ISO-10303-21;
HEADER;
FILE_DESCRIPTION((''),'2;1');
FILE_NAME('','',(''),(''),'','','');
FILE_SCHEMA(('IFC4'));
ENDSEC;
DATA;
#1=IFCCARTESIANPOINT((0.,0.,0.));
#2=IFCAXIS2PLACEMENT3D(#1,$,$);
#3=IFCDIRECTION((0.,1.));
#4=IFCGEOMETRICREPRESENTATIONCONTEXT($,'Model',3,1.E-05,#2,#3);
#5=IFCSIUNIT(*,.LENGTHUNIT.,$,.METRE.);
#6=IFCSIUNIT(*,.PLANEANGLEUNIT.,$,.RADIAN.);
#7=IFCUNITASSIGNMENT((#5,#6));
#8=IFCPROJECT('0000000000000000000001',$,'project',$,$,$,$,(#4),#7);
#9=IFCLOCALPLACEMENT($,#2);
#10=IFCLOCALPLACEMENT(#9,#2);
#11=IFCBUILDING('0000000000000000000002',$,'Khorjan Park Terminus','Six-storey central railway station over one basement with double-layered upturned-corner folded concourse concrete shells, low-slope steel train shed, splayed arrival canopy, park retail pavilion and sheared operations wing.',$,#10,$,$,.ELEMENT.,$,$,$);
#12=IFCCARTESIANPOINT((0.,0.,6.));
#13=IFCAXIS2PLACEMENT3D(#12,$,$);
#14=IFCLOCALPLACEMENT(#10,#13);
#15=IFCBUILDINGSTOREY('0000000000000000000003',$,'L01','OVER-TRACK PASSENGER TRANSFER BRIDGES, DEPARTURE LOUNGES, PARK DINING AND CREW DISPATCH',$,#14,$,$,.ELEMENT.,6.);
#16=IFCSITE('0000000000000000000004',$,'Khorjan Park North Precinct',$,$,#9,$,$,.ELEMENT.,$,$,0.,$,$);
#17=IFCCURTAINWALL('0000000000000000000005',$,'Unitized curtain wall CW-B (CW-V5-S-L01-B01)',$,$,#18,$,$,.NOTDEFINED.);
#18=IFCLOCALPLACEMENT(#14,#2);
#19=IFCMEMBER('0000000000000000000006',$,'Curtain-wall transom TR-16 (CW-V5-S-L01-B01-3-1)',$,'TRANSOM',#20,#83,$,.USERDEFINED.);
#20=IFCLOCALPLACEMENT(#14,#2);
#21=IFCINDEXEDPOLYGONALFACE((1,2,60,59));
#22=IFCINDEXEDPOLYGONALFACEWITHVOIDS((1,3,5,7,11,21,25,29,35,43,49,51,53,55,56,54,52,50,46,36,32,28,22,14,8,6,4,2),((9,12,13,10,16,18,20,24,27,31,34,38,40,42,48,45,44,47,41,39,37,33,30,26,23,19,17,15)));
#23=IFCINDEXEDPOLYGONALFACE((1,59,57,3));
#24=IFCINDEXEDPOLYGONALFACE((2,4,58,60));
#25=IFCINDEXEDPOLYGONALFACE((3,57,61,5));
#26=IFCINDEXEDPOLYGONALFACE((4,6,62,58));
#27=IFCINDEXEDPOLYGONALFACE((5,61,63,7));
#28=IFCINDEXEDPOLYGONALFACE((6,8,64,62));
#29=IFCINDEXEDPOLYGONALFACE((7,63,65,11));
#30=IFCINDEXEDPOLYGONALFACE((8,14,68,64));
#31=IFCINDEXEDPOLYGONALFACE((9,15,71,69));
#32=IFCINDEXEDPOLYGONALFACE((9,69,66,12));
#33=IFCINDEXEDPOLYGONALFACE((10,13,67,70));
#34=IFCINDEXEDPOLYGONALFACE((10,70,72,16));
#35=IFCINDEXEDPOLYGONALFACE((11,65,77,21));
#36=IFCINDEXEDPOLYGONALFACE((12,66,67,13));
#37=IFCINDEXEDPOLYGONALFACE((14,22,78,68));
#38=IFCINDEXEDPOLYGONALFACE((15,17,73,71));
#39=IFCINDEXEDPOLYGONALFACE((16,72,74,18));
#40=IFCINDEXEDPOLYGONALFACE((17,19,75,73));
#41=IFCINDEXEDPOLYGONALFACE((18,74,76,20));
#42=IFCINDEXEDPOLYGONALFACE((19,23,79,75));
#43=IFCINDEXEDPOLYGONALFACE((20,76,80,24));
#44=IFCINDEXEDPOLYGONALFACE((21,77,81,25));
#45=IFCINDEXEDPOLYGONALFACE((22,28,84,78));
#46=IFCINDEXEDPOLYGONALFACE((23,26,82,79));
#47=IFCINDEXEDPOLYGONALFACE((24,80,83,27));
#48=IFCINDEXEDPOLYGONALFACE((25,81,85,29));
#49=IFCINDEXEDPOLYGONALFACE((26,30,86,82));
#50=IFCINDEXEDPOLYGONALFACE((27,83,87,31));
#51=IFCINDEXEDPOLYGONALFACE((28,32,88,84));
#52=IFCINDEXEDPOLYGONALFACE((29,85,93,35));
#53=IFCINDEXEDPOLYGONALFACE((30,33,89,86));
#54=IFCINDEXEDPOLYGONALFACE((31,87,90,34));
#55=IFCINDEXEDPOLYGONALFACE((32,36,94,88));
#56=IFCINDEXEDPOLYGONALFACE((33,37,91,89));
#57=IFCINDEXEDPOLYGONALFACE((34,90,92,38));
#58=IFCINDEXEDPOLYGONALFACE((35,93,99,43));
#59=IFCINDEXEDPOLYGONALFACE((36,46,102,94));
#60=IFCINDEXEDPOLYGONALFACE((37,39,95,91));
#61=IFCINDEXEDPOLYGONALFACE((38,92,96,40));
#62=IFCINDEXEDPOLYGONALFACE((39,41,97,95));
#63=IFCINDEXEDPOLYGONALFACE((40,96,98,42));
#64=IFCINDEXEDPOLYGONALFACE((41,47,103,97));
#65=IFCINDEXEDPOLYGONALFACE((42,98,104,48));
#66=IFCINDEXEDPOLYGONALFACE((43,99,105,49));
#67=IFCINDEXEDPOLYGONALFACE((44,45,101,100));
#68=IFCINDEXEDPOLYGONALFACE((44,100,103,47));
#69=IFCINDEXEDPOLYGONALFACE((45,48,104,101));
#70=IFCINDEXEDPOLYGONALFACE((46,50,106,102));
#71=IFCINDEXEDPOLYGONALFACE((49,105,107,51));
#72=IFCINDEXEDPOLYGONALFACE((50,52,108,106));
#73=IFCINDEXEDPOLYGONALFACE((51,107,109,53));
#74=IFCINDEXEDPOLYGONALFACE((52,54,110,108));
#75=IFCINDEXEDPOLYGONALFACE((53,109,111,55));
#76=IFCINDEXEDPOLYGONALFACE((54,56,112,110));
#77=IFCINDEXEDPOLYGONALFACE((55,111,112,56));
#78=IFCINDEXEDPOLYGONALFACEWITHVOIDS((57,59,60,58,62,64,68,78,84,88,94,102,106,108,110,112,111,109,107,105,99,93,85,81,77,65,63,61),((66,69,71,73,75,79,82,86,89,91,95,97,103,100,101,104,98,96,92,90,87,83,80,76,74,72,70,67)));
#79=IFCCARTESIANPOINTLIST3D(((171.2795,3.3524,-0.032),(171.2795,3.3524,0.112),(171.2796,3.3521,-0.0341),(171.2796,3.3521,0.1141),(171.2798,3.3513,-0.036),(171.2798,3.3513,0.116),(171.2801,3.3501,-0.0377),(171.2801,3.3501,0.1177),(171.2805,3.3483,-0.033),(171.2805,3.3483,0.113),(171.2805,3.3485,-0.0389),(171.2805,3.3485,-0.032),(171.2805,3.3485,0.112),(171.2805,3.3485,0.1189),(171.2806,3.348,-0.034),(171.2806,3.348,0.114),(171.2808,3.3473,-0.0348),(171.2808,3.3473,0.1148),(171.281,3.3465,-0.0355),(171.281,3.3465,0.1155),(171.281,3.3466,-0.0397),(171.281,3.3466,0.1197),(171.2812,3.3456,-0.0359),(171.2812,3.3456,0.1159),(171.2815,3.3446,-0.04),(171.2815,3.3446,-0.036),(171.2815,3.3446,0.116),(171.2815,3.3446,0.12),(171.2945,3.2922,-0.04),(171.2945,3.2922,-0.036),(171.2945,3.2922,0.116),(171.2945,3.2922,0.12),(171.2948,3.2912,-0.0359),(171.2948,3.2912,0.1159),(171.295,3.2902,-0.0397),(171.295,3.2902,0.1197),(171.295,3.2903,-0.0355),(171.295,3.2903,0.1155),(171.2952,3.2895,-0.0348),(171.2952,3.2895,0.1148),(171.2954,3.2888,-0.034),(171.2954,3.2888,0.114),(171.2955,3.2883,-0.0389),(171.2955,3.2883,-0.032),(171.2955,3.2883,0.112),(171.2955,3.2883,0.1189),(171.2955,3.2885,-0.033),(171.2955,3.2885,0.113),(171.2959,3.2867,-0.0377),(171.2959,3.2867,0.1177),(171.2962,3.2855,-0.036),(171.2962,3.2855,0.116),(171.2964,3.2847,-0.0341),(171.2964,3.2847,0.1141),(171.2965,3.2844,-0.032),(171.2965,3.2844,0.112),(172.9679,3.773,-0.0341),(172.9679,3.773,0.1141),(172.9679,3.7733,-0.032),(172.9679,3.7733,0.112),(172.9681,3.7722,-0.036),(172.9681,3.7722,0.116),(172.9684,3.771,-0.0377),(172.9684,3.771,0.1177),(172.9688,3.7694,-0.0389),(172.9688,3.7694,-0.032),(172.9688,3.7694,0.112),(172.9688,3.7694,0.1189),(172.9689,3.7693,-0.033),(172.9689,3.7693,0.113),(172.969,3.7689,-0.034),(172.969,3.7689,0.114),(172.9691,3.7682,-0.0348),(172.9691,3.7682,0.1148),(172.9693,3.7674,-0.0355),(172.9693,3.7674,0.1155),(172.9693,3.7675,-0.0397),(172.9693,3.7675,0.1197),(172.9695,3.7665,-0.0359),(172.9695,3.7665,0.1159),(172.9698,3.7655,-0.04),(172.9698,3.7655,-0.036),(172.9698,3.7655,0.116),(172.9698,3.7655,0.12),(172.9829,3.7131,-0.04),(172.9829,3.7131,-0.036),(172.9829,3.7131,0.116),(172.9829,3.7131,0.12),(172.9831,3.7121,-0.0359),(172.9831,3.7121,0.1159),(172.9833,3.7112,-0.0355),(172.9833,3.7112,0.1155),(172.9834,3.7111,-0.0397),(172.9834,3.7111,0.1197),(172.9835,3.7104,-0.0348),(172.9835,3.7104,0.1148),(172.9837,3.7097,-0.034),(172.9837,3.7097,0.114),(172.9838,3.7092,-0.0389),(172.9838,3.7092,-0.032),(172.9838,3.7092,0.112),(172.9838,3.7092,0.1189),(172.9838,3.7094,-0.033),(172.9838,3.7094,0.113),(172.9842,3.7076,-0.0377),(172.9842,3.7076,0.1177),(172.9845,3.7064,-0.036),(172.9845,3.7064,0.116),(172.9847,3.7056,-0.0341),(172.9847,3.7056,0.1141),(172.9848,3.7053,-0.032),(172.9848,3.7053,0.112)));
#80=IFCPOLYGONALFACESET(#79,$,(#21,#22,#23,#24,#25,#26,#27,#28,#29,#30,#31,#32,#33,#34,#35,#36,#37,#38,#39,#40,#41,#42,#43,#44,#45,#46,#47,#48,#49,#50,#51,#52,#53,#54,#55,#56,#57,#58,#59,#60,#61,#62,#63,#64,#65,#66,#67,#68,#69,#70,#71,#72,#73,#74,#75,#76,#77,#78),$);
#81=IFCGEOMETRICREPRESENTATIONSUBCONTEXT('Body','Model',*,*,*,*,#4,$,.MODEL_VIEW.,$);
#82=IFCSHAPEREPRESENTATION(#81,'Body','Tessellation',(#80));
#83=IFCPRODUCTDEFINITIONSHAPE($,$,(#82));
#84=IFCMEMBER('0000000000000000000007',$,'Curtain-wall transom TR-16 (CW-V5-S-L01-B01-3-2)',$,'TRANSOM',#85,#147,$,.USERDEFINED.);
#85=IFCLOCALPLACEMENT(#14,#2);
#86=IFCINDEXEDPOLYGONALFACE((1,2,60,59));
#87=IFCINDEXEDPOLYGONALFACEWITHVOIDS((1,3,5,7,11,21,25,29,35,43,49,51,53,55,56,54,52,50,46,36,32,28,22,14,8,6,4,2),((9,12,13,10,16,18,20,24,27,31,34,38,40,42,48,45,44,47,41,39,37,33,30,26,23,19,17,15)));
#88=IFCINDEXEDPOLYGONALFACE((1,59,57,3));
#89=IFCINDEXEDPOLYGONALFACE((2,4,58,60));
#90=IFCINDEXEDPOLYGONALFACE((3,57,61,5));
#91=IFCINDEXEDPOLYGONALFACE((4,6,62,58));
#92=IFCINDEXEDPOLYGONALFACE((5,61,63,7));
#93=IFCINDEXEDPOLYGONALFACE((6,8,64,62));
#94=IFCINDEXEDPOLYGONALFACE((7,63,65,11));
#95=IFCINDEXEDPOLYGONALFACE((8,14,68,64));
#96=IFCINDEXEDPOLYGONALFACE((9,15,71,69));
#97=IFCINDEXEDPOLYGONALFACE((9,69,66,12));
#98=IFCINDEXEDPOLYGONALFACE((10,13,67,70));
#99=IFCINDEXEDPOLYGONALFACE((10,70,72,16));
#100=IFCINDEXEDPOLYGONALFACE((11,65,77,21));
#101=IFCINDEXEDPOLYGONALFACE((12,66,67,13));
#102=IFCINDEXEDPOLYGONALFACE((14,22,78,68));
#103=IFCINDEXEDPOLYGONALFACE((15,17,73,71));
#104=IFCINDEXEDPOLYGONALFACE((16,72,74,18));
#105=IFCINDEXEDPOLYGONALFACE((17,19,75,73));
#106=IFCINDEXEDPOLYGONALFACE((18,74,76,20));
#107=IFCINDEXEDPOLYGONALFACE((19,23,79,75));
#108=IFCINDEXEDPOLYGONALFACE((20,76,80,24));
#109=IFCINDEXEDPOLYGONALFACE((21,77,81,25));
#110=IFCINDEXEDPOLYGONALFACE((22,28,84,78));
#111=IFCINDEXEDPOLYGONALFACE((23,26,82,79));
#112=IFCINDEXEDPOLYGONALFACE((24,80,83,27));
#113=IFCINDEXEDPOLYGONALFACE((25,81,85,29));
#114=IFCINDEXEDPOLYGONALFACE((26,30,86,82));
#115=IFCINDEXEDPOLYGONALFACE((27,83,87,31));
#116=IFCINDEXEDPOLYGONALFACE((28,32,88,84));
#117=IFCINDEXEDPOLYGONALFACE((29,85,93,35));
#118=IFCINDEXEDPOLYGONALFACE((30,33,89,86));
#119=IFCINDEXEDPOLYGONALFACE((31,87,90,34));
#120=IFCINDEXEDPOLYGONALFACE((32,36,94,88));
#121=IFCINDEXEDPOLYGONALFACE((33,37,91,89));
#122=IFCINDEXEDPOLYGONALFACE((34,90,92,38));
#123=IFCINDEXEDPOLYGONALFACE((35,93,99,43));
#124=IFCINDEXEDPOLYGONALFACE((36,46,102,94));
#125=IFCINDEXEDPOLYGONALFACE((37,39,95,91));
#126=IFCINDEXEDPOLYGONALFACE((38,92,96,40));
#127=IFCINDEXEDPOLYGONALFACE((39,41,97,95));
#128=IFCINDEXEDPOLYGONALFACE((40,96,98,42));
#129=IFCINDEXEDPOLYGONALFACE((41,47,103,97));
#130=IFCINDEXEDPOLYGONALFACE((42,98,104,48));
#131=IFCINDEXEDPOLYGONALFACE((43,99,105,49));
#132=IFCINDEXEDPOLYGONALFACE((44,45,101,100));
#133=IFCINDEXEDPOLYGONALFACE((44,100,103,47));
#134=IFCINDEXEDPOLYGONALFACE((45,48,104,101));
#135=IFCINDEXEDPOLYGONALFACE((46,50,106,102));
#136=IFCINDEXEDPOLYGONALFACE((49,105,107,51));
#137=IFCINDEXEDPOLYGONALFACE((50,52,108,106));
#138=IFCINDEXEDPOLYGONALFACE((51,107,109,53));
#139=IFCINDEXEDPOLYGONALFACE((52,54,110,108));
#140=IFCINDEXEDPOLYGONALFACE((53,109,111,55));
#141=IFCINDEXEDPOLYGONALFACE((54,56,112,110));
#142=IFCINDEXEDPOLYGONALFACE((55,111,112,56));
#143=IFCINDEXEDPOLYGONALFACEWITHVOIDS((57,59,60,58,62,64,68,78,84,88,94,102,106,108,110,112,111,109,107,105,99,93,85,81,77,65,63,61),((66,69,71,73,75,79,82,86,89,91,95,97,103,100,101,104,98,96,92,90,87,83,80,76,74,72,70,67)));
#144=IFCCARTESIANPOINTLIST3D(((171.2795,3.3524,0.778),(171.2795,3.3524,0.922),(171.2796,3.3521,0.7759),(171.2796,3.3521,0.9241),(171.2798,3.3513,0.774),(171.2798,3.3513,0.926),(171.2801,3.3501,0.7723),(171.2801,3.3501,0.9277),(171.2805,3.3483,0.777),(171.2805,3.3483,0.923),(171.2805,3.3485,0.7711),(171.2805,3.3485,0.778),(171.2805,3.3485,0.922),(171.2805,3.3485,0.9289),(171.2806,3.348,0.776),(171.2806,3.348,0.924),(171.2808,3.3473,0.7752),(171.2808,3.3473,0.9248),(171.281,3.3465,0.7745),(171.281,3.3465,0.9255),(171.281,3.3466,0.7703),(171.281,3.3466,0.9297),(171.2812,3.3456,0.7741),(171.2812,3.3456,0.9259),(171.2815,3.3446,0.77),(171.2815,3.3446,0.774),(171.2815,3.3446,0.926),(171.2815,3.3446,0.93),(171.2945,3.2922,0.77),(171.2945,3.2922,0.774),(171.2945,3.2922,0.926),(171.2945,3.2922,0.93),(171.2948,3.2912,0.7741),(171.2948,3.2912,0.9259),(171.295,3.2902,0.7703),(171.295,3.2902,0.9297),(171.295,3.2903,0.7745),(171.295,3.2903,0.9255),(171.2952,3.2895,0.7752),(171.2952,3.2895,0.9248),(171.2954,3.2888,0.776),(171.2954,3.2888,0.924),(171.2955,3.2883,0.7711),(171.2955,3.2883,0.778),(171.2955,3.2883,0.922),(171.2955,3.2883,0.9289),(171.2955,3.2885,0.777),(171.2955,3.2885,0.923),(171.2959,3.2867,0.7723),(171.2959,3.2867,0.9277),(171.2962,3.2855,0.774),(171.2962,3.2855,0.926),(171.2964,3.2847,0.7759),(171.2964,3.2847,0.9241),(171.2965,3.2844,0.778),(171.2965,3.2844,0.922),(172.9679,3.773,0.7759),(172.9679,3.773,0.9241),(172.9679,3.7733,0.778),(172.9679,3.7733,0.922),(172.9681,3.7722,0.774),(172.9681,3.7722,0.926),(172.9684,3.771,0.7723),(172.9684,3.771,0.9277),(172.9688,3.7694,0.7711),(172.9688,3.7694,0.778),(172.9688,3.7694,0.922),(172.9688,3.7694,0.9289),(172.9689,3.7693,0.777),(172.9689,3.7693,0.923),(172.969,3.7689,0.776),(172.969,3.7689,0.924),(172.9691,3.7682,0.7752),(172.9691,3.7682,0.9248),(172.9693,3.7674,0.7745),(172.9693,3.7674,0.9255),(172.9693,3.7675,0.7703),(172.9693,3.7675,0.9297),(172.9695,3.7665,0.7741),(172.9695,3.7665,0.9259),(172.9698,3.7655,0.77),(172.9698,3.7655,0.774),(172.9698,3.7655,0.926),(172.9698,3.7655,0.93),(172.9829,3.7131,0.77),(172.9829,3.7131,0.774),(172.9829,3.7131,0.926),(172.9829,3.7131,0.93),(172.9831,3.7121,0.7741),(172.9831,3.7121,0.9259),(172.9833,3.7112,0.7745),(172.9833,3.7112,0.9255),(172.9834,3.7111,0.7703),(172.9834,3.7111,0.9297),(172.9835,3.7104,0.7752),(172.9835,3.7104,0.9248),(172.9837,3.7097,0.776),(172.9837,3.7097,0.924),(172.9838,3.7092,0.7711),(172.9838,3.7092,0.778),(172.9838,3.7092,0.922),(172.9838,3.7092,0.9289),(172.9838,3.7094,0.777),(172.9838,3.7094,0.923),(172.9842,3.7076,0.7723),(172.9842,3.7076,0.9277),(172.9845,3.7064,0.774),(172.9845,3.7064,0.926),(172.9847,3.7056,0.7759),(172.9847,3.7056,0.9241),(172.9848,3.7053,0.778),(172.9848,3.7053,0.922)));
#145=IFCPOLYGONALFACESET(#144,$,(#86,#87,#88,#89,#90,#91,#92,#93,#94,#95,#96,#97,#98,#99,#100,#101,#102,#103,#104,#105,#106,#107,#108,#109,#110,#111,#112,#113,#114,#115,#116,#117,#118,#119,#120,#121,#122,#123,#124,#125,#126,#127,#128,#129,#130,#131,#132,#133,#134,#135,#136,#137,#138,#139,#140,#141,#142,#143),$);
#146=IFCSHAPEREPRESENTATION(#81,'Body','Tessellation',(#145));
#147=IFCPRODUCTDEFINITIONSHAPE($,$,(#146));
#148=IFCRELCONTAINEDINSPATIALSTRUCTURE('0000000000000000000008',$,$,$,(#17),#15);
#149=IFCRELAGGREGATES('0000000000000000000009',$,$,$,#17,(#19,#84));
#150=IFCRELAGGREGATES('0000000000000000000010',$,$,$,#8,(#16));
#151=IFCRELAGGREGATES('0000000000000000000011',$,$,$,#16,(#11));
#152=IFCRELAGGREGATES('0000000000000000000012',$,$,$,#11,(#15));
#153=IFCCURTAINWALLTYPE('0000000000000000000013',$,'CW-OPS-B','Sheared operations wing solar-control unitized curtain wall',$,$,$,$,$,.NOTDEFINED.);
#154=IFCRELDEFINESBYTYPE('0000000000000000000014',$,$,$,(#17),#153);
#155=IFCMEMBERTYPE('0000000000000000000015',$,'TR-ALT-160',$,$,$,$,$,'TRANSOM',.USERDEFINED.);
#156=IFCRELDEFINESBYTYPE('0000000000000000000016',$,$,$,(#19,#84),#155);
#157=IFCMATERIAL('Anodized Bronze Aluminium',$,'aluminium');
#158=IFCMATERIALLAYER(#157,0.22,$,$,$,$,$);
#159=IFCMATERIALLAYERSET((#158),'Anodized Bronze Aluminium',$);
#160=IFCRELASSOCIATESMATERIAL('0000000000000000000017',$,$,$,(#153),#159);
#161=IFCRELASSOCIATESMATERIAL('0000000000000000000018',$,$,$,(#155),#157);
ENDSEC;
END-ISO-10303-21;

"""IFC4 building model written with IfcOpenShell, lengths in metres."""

from ifc_helpers import new_model, si_unit, direction, frame, origin, origin_2d, place, context, subcontext, project, spatial, hollow_rectangle, extrude, material, layer, layer_set, material_profile, profile_set, type_object, element, aggregate, save


model = new_model("IFC4")

# Units and contexts
model_context = context("Model", 3, precision=1e-05, world=origin(), true_north=direction((0.0, 1.0)))
body_context = subcontext(model_context, "Body", "Model", "MODEL_VIEW")
ifc_project = project(units=[si_unit("LENGTHUNIT", "METRE"), si_unit("PLANEANGLEUNIT", "RADIAN")], contexts=[model_context])

# Site, building, storey
site_placement = place(None, origin())
site = spatial("IfcSite", under=ifc_project, at=site_placement, Name="Khorjan Park North Precinct", CompositionType="ELEMENT", RefElevation=0.0)
building_placement = place(site_placement, origin())
building = spatial("IfcBuilding", under=site, at=building_placement, Name="Khorjan Park Terminus", Description="Six-storey central railway station over one basement with double-layered upturned-corner folded concourse concrete shells, low-slope steel train shed, splayed arrival canopy, park retail pavilion and sheared operations wing.", CompositionType="ELEMENT")
storey_placement = place(building_placement, frame((0.0, 0.0, 6.0)))
storey = spatial("IfcBuildingStorey", under=building, at=storey_placement, Name="L01", Description="OVER-TRACK PASSENGER TRANSFER BRIDGES, DEPARTURE LOUNGES, PARK DINING AND CREW DISPATCH", CompositionType="ELEMENT", Elevation=6.0)

# Curtain wall, members
ifc_material_1 = material(Name="Anodized Bronze Aluminium", Category="aluminium")
ifc_layer_1 = layer(ifc_material_1, 0.22)
ifc_layer_set_1 = layer_set([ifc_layer_1], Name="Anodized Bronze Aluminium")
curtain_wall_type = type_object("IfcCurtainWallType", Name="CW-OPS-B", Description="Sheared operations wing solar-control unitized curtain wall", PredefinedType="NOTDEFINED", material=ifc_layer_set_1)
curtain_wall_placement = place(storey_placement, origin())
curtain_wall = element("IfcCurtainWall", 1, at=curtain_wall_placement, inside=storey, type_object=curtain_wall_type, Name="Unitized curtain wall CW-B (CW-V5-S-L01-B01)", PredefinedType="NOTDEFINED")
ifc_material_profile_1 = material_profile(ifc_material_1, hollow_rectangle(XDim=0.07, YDim=0.16, WallThickness=0.004, InnerFilletRadius=0.004, OuterFilletRadius=0.008, at=origin_2d()), Name="ALT 70x160x4")
ifc_profile_set_1 = profile_set([ifc_material_profile_1], Name="Anodized Bronze Aluminium")
member_type_1 = type_object("IfcMemberType", Name="TR-ALT-160", ElementType="TRANSOM", PredefinedType="USERDEFINED", material=ifc_profile_set_1)
member_1_placement = place(storey_placement, frame((171.288, 3.3184, 0.04), z_axis=(0.970301, 0.2419, 0.0), x_axis=(-0.2419, 0.970301, 0.0)))
member_1 = element("IfcMember", 2, at=member_1_placement, type_object=member_type_1, Name="Curtain-wall transom TR-16 (CW-V5-S-L01-B01-3-1)", ObjectType="TRANSOM", PredefinedType="USERDEFINED", context=body_context, shape_type="SweptSolid", body=[
    extrude(hollow_rectangle(XDim=0.07, YDim=0.16, WallThickness=0.004, InnerFilletRadius=0.004, OuterFilletRadius=0.008, at=origin_2d()), origin(), (0.0, 0.0, 1.0), 1.74),
])
member_2_placement = place(storey_placement, frame((171.288, 3.3184, 0.85), z_axis=(0.970301, 0.2419, 0.0), x_axis=(-0.2419, 0.970301, 0.0)))
member_2 = element("IfcMember", 3, at=member_2_placement, type_object=member_type_1, Name="Curtain-wall transom TR-16 (CW-V5-S-L01-B01-3-2)", ObjectType="TRANSOM", PredefinedType="USERDEFINED", context=body_context, shape_type="SweptSolid", body=[
    extrude(hollow_rectangle(XDim=0.07, YDim=0.16, WallThickness=0.004, InnerFilletRadius=0.004, OuterFilletRadius=0.008, at=origin_2d()), origin(), (0.0, 0.0, 1.0), 1.74),
])
aggregate(curtain_wall, [member_1, member_2])

save(model, "model.ifc")
